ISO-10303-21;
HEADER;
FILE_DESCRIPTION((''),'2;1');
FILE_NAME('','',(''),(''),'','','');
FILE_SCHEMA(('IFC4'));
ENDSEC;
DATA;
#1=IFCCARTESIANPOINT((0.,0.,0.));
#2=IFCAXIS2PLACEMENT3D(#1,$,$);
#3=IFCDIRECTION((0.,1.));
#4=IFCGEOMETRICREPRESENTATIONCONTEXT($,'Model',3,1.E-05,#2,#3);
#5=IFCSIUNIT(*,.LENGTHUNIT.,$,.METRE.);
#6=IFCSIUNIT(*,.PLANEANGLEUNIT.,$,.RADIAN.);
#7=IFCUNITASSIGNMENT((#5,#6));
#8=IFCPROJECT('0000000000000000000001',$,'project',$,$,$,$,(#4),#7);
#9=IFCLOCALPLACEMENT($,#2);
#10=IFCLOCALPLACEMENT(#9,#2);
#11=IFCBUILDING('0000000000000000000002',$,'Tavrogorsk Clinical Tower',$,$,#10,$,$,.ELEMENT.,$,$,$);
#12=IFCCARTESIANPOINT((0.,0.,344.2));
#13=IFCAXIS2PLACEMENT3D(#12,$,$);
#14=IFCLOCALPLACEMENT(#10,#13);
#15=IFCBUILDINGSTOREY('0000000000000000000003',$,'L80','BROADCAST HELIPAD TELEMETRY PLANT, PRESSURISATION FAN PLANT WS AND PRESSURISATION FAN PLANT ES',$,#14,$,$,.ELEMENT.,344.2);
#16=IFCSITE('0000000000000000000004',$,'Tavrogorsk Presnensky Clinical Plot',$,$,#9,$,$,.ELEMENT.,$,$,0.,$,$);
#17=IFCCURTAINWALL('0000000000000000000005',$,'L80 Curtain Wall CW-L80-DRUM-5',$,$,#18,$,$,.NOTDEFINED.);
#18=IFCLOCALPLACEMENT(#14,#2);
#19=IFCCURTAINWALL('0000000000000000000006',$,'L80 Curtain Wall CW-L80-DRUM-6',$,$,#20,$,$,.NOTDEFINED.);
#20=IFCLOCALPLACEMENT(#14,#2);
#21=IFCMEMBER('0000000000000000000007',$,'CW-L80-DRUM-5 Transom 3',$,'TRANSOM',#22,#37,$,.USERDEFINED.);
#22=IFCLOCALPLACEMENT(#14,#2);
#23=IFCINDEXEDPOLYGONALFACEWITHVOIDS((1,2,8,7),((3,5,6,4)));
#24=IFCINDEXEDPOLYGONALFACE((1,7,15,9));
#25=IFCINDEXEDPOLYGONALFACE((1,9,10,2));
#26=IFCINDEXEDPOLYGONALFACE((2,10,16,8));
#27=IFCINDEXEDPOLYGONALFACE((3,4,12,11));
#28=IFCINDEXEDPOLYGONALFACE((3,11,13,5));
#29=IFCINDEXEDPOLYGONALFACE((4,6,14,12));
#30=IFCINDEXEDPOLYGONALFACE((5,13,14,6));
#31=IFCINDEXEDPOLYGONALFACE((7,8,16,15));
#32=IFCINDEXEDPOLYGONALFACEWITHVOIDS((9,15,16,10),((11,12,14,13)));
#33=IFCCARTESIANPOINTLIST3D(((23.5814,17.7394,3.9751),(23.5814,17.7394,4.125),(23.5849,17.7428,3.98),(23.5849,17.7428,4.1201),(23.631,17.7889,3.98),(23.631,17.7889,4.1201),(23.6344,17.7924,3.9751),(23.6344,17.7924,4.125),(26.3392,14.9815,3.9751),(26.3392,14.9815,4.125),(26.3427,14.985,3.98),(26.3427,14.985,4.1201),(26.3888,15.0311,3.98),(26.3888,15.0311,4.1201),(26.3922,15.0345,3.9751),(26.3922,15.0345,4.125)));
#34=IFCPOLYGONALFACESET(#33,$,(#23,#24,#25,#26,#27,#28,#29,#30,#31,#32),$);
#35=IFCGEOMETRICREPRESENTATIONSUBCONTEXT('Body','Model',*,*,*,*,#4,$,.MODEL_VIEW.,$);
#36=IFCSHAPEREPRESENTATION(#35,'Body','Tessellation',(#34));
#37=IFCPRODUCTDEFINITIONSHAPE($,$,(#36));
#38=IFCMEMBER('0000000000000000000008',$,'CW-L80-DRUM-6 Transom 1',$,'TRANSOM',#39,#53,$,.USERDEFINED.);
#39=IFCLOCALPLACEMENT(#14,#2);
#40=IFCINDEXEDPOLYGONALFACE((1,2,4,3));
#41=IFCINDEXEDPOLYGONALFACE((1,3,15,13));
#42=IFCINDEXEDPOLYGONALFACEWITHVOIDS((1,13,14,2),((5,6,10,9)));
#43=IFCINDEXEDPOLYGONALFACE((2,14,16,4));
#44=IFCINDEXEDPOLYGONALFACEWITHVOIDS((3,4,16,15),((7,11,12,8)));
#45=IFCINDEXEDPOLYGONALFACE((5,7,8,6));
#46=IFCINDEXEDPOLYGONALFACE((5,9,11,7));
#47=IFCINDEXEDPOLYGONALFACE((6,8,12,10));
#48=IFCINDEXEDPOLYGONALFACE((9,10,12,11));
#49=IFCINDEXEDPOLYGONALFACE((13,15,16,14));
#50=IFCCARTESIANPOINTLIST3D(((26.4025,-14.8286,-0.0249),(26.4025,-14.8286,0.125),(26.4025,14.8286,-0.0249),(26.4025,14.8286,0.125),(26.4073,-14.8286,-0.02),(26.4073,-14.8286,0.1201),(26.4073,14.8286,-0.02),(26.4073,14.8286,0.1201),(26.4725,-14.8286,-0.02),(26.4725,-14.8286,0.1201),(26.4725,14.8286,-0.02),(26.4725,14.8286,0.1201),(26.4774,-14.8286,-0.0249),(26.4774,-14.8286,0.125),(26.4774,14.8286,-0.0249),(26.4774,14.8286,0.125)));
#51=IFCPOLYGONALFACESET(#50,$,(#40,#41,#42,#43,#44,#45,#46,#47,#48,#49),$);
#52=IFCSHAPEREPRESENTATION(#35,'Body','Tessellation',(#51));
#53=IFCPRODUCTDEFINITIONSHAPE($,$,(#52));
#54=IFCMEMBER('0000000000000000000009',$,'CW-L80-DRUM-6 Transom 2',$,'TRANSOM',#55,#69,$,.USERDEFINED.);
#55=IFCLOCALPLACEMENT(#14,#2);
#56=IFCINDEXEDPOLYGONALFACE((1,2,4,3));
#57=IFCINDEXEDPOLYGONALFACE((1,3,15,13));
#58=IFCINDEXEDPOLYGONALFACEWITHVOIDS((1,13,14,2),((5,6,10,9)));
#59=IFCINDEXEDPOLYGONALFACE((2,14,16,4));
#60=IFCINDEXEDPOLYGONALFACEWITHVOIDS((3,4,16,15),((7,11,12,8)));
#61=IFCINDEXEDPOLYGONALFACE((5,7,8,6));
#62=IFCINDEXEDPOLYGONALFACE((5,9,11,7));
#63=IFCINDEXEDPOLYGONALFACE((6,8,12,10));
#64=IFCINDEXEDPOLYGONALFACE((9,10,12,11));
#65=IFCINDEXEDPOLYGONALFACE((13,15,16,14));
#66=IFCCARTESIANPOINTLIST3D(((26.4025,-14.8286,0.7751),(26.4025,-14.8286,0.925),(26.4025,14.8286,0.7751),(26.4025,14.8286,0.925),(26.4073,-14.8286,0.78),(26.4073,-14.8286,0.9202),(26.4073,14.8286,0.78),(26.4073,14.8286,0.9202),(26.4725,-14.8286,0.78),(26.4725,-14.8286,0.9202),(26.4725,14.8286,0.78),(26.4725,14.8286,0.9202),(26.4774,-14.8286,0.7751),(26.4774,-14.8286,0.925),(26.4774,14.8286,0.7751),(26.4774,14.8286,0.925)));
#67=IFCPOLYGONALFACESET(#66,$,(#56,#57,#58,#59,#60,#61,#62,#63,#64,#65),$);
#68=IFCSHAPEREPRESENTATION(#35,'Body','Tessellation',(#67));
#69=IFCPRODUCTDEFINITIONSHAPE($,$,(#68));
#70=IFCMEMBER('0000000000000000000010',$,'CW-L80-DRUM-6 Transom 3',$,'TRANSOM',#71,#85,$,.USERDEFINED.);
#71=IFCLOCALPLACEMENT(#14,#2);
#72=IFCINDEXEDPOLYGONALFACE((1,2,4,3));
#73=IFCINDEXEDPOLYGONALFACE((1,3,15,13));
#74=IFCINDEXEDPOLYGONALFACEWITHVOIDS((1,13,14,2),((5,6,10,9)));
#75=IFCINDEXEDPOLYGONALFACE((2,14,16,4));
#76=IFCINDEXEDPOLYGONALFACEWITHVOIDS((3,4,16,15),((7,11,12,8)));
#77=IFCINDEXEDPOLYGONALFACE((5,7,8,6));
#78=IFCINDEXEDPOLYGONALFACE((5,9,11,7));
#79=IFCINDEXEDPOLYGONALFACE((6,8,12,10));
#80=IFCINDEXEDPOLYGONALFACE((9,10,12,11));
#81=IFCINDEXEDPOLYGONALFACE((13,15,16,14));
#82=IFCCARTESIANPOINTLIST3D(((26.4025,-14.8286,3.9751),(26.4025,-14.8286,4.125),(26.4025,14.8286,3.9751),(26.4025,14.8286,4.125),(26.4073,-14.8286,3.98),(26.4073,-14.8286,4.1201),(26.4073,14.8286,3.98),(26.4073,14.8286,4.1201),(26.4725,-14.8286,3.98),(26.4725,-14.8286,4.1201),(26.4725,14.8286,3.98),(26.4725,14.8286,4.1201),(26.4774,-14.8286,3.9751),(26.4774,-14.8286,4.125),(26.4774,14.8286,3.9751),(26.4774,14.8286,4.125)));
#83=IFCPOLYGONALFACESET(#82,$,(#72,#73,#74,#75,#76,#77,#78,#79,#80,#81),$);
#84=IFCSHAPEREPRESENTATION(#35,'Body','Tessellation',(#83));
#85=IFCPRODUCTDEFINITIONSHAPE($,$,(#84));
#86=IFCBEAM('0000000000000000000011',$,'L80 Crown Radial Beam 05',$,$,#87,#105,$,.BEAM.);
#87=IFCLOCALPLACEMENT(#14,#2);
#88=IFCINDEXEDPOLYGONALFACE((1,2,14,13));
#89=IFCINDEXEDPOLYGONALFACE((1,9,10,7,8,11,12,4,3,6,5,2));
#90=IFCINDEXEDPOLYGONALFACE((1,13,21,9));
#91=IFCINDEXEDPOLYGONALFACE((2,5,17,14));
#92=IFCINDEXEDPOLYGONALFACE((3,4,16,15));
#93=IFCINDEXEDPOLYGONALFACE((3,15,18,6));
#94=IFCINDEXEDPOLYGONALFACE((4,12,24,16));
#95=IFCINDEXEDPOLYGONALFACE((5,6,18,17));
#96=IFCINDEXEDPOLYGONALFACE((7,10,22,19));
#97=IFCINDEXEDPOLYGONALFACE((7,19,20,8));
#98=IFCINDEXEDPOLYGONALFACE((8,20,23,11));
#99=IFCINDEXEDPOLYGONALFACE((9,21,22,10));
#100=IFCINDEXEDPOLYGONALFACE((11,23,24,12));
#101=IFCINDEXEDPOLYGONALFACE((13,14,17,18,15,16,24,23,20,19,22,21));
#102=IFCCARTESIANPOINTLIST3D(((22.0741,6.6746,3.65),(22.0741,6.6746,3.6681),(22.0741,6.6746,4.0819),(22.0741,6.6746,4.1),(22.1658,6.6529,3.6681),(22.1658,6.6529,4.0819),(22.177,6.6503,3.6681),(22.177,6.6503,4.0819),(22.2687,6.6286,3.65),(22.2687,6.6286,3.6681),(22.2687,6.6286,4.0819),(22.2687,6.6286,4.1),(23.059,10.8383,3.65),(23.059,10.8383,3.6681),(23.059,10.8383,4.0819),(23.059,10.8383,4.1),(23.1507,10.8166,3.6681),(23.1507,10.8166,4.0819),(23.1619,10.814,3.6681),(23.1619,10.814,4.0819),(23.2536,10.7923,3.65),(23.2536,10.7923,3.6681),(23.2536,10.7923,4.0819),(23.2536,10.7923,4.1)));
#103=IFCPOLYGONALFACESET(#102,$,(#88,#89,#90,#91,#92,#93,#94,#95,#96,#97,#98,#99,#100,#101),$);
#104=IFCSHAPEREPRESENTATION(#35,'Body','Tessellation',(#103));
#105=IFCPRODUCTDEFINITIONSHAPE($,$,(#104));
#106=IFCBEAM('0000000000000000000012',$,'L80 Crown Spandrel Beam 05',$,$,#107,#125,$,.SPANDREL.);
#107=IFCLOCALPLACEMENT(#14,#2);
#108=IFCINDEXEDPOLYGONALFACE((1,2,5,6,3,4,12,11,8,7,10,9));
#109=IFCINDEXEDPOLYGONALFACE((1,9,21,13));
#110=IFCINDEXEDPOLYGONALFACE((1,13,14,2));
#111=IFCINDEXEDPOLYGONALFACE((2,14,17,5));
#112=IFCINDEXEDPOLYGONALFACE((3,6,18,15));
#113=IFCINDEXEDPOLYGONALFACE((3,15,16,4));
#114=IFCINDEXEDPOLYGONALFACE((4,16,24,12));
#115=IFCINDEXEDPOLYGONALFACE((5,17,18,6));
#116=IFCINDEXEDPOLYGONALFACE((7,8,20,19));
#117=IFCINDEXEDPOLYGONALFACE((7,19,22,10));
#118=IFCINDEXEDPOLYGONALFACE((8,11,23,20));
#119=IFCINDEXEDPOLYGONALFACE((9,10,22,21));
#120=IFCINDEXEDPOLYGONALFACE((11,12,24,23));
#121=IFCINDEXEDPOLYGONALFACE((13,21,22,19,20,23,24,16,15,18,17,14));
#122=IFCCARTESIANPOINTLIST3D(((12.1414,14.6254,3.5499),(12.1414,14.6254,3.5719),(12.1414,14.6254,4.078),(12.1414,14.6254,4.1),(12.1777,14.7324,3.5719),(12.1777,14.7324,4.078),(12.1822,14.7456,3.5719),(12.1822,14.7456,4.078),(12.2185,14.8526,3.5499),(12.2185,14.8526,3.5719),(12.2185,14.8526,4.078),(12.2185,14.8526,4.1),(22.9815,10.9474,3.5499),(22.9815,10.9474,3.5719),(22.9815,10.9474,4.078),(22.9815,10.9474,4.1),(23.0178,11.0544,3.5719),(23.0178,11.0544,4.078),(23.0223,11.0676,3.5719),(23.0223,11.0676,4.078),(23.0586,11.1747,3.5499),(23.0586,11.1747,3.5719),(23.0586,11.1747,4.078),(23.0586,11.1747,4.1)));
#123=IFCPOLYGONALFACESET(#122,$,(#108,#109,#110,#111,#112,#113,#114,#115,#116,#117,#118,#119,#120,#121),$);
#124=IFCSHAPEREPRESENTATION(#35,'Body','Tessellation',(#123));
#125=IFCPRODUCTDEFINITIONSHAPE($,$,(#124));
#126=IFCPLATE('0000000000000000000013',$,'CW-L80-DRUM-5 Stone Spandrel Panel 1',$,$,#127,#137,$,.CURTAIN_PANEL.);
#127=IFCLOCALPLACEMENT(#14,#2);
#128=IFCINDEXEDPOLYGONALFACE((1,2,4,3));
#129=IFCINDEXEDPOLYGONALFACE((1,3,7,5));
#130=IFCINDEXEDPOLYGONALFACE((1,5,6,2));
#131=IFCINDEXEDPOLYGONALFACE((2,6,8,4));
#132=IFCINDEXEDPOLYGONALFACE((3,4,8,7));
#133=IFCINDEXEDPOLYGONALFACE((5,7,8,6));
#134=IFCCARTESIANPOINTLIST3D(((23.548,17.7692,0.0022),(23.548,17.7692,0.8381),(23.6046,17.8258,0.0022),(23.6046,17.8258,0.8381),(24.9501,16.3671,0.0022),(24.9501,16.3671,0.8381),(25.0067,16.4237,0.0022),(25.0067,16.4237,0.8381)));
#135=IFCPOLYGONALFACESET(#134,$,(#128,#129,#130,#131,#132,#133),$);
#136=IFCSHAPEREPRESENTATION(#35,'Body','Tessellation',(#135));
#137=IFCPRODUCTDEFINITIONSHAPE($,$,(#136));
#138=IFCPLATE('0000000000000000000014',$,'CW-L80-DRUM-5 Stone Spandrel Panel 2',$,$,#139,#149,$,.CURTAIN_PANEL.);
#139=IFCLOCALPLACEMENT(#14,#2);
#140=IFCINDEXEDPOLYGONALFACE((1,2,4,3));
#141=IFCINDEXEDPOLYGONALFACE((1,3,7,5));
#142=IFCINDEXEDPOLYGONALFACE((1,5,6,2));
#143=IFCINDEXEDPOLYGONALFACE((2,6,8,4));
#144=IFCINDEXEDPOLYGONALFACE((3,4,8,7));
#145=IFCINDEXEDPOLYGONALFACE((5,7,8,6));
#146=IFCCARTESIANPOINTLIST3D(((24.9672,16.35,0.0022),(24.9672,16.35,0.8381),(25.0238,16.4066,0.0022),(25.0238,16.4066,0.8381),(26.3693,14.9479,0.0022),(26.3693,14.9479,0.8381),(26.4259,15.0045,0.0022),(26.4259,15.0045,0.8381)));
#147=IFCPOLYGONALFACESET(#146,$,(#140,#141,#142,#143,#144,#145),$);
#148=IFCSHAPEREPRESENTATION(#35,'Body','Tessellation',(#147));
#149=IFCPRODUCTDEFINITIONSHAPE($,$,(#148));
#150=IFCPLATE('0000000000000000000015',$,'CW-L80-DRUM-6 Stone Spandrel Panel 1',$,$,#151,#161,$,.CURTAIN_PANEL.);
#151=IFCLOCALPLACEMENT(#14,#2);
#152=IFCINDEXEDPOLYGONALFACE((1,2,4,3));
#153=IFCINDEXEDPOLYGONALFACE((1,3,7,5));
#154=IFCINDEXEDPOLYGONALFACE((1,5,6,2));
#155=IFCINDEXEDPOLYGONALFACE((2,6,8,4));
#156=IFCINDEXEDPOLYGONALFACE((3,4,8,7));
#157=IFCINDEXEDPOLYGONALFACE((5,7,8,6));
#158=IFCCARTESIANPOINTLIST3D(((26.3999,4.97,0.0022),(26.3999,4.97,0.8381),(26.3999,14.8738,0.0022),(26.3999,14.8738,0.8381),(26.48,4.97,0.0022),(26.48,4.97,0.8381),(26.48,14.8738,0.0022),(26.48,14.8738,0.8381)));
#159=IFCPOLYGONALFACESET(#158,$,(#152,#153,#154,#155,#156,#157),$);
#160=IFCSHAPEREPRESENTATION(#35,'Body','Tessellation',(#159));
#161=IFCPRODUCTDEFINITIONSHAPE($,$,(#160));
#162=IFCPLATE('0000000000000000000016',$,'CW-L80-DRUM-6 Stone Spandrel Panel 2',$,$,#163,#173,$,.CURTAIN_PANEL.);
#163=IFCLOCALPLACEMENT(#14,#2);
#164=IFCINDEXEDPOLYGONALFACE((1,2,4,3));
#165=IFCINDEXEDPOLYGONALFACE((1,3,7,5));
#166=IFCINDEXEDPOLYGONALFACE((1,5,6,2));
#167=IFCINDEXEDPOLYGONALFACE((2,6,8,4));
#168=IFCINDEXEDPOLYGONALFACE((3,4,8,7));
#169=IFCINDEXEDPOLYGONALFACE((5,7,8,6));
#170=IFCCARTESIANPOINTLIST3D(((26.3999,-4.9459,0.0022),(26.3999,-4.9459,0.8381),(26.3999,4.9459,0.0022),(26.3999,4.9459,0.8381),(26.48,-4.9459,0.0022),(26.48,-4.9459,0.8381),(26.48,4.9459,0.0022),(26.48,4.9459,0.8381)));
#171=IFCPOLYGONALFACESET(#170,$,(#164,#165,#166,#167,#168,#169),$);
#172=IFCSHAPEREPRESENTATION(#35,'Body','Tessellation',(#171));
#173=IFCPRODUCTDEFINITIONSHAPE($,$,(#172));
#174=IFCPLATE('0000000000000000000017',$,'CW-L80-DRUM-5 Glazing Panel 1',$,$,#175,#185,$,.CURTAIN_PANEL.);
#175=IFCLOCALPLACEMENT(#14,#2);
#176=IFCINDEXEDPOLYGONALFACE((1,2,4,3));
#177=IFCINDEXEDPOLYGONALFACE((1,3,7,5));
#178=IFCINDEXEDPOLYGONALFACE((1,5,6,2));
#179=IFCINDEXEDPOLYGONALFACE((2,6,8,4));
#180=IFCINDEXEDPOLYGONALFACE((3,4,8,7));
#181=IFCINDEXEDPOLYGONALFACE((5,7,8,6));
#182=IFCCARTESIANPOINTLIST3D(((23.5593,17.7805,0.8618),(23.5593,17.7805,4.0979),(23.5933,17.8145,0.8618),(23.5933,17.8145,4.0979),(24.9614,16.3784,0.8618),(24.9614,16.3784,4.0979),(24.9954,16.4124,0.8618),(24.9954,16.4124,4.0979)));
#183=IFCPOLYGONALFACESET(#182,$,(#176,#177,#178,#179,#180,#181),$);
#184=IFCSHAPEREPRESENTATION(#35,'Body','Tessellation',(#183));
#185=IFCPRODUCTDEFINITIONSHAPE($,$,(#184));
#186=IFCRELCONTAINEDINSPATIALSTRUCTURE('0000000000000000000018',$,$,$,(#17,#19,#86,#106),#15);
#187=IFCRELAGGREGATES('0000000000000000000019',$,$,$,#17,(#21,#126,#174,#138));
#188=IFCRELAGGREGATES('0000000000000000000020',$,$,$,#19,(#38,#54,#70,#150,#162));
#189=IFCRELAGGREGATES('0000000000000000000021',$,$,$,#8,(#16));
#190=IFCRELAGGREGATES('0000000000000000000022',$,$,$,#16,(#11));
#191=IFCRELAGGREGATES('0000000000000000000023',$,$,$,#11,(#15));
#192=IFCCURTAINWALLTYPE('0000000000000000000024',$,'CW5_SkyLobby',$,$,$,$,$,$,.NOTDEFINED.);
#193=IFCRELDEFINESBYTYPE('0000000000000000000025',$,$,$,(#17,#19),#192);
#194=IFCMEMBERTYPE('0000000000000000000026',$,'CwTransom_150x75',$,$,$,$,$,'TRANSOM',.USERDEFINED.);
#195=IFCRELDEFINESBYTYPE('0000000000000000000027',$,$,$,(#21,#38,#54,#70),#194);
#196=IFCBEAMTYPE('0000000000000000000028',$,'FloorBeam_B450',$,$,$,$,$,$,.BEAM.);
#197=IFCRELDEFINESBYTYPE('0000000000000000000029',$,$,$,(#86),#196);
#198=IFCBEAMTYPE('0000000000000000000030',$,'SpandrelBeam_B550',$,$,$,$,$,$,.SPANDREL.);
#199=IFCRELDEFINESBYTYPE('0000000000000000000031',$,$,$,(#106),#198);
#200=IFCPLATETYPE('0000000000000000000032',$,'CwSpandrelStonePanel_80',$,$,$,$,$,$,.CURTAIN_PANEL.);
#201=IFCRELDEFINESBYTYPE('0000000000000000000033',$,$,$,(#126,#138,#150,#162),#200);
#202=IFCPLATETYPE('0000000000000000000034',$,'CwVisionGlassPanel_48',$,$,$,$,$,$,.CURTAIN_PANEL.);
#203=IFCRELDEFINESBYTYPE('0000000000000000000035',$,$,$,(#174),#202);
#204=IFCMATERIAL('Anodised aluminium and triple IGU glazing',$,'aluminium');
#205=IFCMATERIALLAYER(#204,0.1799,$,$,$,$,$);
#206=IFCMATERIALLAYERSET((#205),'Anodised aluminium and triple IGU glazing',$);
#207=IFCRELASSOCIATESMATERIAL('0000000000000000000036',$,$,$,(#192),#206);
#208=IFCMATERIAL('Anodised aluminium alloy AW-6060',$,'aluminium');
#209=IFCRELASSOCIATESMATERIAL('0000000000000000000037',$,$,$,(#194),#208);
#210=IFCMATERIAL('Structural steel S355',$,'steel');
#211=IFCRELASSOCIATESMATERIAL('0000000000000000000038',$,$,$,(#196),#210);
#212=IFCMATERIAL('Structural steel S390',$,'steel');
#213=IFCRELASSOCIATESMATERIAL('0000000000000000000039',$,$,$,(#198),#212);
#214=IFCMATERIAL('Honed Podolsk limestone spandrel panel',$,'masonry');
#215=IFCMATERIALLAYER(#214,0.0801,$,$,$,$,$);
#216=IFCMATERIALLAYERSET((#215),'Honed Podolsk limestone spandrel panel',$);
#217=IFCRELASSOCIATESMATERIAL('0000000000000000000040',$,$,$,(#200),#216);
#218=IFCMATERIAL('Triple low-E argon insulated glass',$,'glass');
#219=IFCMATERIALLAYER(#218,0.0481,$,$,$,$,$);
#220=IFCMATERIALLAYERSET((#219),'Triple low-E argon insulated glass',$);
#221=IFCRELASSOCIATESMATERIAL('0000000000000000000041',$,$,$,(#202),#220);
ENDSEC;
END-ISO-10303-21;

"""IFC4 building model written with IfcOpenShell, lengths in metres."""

from ifc_helpers import new_model, si_unit, direction, frame, origin, origin_2d, place, context, subcontext, project, spatial, rectangle, hollow_rectangle, i_section, extrude, material, layer, layer_set, material_profile, profile_set, type_object, element, aggregate, save


model = new_model("IFC4")

# Units and contexts
model_context = context("Model", 3, precision=1e-05, world=origin(), true_north=direction((0.0, 1.0)))
body_context = subcontext(model_context, "Body", "Model", "MODEL_VIEW")
ifc_project = project(units=[si_unit("LENGTHUNIT", "METRE"), si_unit("PLANEANGLEUNIT", "RADIAN")], contexts=[model_context])

# Site, building, storey
site_placement = place(None, origin())
site = spatial("IfcSite", under=ifc_project, at=site_placement, Name="Tavrogorsk Presnensky Clinical Plot", CompositionType="ELEMENT", RefElevation=0.0)
building_placement = place(site_placement, origin())
building = spatial("IfcBuilding", under=site, at=building_placement, Name="Tavrogorsk Clinical Tower", CompositionType="ELEMENT")
storey_placement = place(building_placement, frame((0.0, 0.0, 344.2)))
storey = spatial("IfcBuildingStorey", under=building, at=storey_placement, Name="L80", Description="BROADCAST HELIPAD TELEMETRY PLANT, PRESSURISATION FAN PLANT WS AND PRESSURISATION FAN PLANT ES", CompositionType="ELEMENT", Elevation=344.2)

# Shared definitions
ifc_material_1 = material(Name="Anodised aluminium and triple IGU glazing", Category="aluminium")
ifc_layer_1 = layer(ifc_material_1, 0.1799)
ifc_layer_set_1 = layer_set([ifc_layer_1], Name="Anodised aluminium and triple IGU glazing")
curtain_wall_type = type_object("IfcCurtainWallType", Name="CW5_SkyLobby", PredefinedType="NOTDEFINED", material=ifc_layer_set_1)

# Curtain walls
curtain_wall_1_placement = place(storey_placement, origin())
curtain_wall_1 = element("IfcCurtainWall", 1, at=curtain_wall_1_placement, inside=storey, type_object=curtain_wall_type, Name="L80 Curtain Wall CW-L80-DRUM-5", PredefinedType="NOTDEFINED")
curtain_wall_2_placement = place(storey_placement, origin())
curtain_wall_2 = element("IfcCurtainWall", 2, at=curtain_wall_2_placement, inside=storey, type_object=curtain_wall_type, Name="L80 Curtain Wall CW-L80-DRUM-6", PredefinedType="NOTDEFINED")

# Members
ifc_material_2 = material(Name="Anodised aluminium alloy AW-6060", Category="aluminium")
ifc_material_profile_1 = material_profile(ifc_material_2, hollow_rectangle(XDim=0.075, YDim=0.1499, WallThickness=0.0049, at=origin_2d()), Name="RHS-150x75x5")
ifc_profile_set_1 = profile_set([ifc_material_profile_1], Name="Anodised aluminium alloy AW-6060")
member_type_1 = type_object("IfcMemberType", Name="CwTransom_150x75", ElementType="TRANSOM", PredefinedType="USERDEFINED", material=ifc_profile_set_1)
member_1_placement = place(storey_placement, frame((23.6079, 17.7659, 4.05), z_axis=(0.707107, -0.707107, 0.0), x_axis=(0.707107, 0.707107, 0.0)))
member_1 = element("IfcMember", 3, at=member_1_placement, type_object=member_type_1, Name="CW-L80-DRUM-5 Transom 3", ObjectType="TRANSOM", PredefinedType="USERDEFINED", context=body_context, shape_type="SweptSolid", body=[
    extrude(hollow_rectangle(XDim=0.075, YDim=0.1499, WallThickness=0.0049, at=origin_2d()), origin(), (0.0, 0.0, 1.0), 3.9001),
])
member_2_placement = place(storey_placement, frame((26.4399, 14.8286, 0.05), z_axis=(0.0, -1.0, 0.0), x_axis=(1.0, 0.0, 0.0)))
member_2 = element("IfcMember", 4, at=member_2_placement, type_object=member_type_1, Name="CW-L80-DRUM-6 Transom 1", ObjectType="TRANSOM", PredefinedType="USERDEFINED", context=body_context, shape_type="SweptSolid", body=[
    extrude(hollow_rectangle(XDim=0.075, YDim=0.1499, WallThickness=0.0049, at=origin_2d()), origin(), (0.0, 0.0, 1.0), 29.6572),
])
member_3_placement = place(storey_placement, frame((26.4399, 14.8286, 0.8501), z_axis=(0.0, -1.0, 0.0), x_axis=(1.0, 0.0, 0.0)))
member_3 = element("IfcMember", 5, at=member_3_placement, type_object=member_type_1, Name="CW-L80-DRUM-6 Transom 2", ObjectType="TRANSOM", PredefinedType="USERDEFINED", context=body_context, shape_type="SweptSolid", body=[
    extrude(hollow_rectangle(XDim=0.075, YDim=0.1499, WallThickness=0.0049, at=origin_2d()), origin(), (0.0, 0.0, 1.0), 29.6572),
])
member_4_placement = place(storey_placement, frame((26.4399, 14.8286, 4.05), z_axis=(0.0, -1.0, 0.0), x_axis=(1.0, 0.0, 0.0)))
member_4 = element("IfcMember", 6, at=member_4_placement, type_object=member_type_1, Name="CW-L80-DRUM-6 Transom 3", ObjectType="TRANSOM", PredefinedType="USERDEFINED", context=body_context, shape_type="SweptSolid", body=[
    extrude(hollow_rectangle(XDim=0.075, YDim=0.1499, WallThickness=0.0049, at=origin_2d()), origin(), (0.0, 0.0, 1.0), 29.6572),
])

# Beams
ifc_material_3 = material(Name="Structural steel S355", Category="steel")
ifc_material_profile_2 = material_profile(ifc_material_3, i_section(OverallWidth=0.2, OverallDepth=0.45, WebThickness=0.0115, FlangeThickness=0.0181, at=origin_2d()), Name="B-450x200x11.5x18")
ifc_profile_set_2 = profile_set([ifc_material_profile_2], Name="Structural steel S355")
beam_type_1 = type_object("IfcBeamType", Name="FloorBeam_B450", PredefinedType="BEAM", material=ifc_profile_set_2)
beam_1_placement = place(storey_placement, frame((22.1714, 6.6516, 3.875), z_axis=(0.230191, 0.973146, 0.0), x_axis=(-0.973146, 0.230191, 0.0)))
element("IfcBeam", 7, at=beam_1_placement, inside=storey, type_object=beam_type_1, Name="L80 Crown Radial Beam 05", PredefinedType="BEAM", context=body_context, shape_type="SweptSolid", body=[
    extrude(i_section(OverallWidth=0.2, OverallDepth=0.45, WebThickness=0.0115, FlangeThickness=0.0181, at=origin_2d()), origin(), (0.0, 0.0, 1.0), 4.2786),
])
ifc_material_4 = material(Name="Structural steel S390", Category="steel")
ifc_material_profile_3 = material_profile(ifc_material_4, i_section(OverallWidth=0.24, OverallDepth=0.55, WebThickness=0.0139, FlangeThickness=0.022, at=origin_2d()), Name="B-550x240x14x22")
ifc_profile_set_3 = profile_set([ifc_material_profile_3], Name="Structural steel S390")
beam_type_2 = type_object("IfcBeamType", Name="SpandrelBeam_B550", PredefinedType="SPANDREL", material=ifc_profile_set_3)
beam_2_placement = place(storey_placement, frame((23.02, 11.061, 3.825), z_axis=(-0.946976, 0.321304, 0.0), x_axis=(-0.321304, -0.946976, 0.0)))
element("IfcBeam", 8, at=beam_2_placement, inside=storey, type_object=beam_type_2, Name="L80 Crown Spandrel Beam 05", PredefinedType="SPANDREL", context=body_context, shape_type="SweptSolid", body=[
    extrude(i_section(OverallWidth=0.24, OverallDepth=0.55, WebThickness=0.0139, FlangeThickness=0.022, at=origin_2d()), origin(), (0.0, 0.0, 1.0), 11.447),
])

# Plates
ifc_material_5 = material(Name="Honed Podolsk limestone spandrel panel", Category="masonry")
ifc_layer_2 = layer(ifc_material_5, 0.0801)
ifc_layer_set_2 = layer_set([ifc_layer_2], Name="Honed Podolsk limestone spandrel panel")
plate_type_1 = type_object("IfcPlateType", Name="CwSpandrelStonePanel_80", PredefinedType="CURTAIN_PANEL", material=ifc_layer_set_2)
plate_1_placement = place(storey_placement, frame((24.2773, 17.0964, 0.0022), z_axis=(0.0, 0.0, 1.0), x_axis=(0.707107, -0.707107, 0.0)))
plate_1 = element("IfcPlate", 9, at=plate_1_placement, type_object=plate_type_1, Name="CW-L80-DRUM-5 Stone Spandrel Panel 1", PredefinedType="CURTAIN_PANEL", context=body_context, shape_type="SweptSolid", body=[
    extrude(rectangle(XDim=1.9829, YDim=0.0801, at=origin_2d()), origin(), (0.0, 0.0, 1.0), 0.8359),
])
plate_2_placement = place(storey_placement, frame((25.6965, 15.6772, 0.0022), z_axis=(0.0, 0.0, 1.0), x_axis=(0.707107, -0.707107, 0.0)))
plate_2 = element("IfcPlate", 10, at=plate_2_placement, type_object=plate_type_1, Name="CW-L80-DRUM-5 Stone Spandrel Panel 2", PredefinedType="CURTAIN_PANEL", context=body_context, shape_type="SweptSolid", body=[
    extrude(rectangle(XDim=1.9829, YDim=0.0801, at=origin_2d()), origin(), (0.0, 0.0, 1.0), 0.8359),
])
plate_3_placement = place(storey_placement, frame((26.4399, 9.9219, 0.0022), z_axis=(0.0, 0.0, 1.0), x_axis=(0.0, -1.0, 0.0)))
plate_3 = element("IfcPlate", 11, at=plate_3_placement, type_object=plate_type_1, Name="CW-L80-DRUM-6 Stone Spandrel Panel 1", PredefinedType="CURTAIN_PANEL", context=body_context, shape_type="SweptSolid", body=[
    extrude(rectangle(XDim=9.9038, YDim=0.0801, at=origin_2d()), origin(), (0.0, 0.0, 1.0), 0.8359),
])
plate_4_placement = place(storey_placement, frame((26.4399, 0.0, 0.0022), z_axis=(0.0, 0.0, 1.0), x_axis=(0.0, -1.0, 0.0)))
plate_4 = element("IfcPlate", 12, at=plate_4_placement, type_object=plate_type_1, Name="CW-L80-DRUM-6 Stone Spandrel Panel 2", PredefinedType="CURTAIN_PANEL", context=body_context, shape_type="SweptSolid", body=[
    extrude(rectangle(XDim=9.8918, YDim=0.0801, at=origin_2d()), origin(), (0.0, 0.0, 1.0), 0.8359),
])
ifc_material_6 = material(Name="Triple low-E argon insulated glass", Category="glass")
ifc_layer_3 = layer(ifc_material_6, 0.0481)
ifc_layer_set_3 = layer_set([ifc_layer_3], Name="Triple low-E argon insulated glass")
plate_type_2 = type_object("IfcPlateType", Name="CwVisionGlassPanel_48", PredefinedType="CURTAIN_PANEL", material=ifc_layer_set_3)
plate_5_placement = place(storey_placement, frame((24.2773, 17.0964, 0.8618), z_axis=(0.0, 0.0, 1.0), x_axis=(0.707107, -0.707107, 0.0)))
plate_5 = element("IfcPlate", 13, at=plate_5_placement, type_object=plate_type_2, Name="CW-L80-DRUM-5 Glazing Panel 1", PredefinedType="CURTAIN_PANEL", context=body_context, shape_type="SweptSolid", body=[
    extrude(rectangle(XDim=1.9829, YDim=0.0481, at=origin_2d()), origin(), (0.0, 0.0, 1.0), 3.2361),
])
aggregate(curtain_wall_1, [member_1, plate_1, plate_5, plate_2])
aggregate(curtain_wall_2, [member_2, member_3, member_4, plate_3, plate_4])

save(model, "model.ifc")
